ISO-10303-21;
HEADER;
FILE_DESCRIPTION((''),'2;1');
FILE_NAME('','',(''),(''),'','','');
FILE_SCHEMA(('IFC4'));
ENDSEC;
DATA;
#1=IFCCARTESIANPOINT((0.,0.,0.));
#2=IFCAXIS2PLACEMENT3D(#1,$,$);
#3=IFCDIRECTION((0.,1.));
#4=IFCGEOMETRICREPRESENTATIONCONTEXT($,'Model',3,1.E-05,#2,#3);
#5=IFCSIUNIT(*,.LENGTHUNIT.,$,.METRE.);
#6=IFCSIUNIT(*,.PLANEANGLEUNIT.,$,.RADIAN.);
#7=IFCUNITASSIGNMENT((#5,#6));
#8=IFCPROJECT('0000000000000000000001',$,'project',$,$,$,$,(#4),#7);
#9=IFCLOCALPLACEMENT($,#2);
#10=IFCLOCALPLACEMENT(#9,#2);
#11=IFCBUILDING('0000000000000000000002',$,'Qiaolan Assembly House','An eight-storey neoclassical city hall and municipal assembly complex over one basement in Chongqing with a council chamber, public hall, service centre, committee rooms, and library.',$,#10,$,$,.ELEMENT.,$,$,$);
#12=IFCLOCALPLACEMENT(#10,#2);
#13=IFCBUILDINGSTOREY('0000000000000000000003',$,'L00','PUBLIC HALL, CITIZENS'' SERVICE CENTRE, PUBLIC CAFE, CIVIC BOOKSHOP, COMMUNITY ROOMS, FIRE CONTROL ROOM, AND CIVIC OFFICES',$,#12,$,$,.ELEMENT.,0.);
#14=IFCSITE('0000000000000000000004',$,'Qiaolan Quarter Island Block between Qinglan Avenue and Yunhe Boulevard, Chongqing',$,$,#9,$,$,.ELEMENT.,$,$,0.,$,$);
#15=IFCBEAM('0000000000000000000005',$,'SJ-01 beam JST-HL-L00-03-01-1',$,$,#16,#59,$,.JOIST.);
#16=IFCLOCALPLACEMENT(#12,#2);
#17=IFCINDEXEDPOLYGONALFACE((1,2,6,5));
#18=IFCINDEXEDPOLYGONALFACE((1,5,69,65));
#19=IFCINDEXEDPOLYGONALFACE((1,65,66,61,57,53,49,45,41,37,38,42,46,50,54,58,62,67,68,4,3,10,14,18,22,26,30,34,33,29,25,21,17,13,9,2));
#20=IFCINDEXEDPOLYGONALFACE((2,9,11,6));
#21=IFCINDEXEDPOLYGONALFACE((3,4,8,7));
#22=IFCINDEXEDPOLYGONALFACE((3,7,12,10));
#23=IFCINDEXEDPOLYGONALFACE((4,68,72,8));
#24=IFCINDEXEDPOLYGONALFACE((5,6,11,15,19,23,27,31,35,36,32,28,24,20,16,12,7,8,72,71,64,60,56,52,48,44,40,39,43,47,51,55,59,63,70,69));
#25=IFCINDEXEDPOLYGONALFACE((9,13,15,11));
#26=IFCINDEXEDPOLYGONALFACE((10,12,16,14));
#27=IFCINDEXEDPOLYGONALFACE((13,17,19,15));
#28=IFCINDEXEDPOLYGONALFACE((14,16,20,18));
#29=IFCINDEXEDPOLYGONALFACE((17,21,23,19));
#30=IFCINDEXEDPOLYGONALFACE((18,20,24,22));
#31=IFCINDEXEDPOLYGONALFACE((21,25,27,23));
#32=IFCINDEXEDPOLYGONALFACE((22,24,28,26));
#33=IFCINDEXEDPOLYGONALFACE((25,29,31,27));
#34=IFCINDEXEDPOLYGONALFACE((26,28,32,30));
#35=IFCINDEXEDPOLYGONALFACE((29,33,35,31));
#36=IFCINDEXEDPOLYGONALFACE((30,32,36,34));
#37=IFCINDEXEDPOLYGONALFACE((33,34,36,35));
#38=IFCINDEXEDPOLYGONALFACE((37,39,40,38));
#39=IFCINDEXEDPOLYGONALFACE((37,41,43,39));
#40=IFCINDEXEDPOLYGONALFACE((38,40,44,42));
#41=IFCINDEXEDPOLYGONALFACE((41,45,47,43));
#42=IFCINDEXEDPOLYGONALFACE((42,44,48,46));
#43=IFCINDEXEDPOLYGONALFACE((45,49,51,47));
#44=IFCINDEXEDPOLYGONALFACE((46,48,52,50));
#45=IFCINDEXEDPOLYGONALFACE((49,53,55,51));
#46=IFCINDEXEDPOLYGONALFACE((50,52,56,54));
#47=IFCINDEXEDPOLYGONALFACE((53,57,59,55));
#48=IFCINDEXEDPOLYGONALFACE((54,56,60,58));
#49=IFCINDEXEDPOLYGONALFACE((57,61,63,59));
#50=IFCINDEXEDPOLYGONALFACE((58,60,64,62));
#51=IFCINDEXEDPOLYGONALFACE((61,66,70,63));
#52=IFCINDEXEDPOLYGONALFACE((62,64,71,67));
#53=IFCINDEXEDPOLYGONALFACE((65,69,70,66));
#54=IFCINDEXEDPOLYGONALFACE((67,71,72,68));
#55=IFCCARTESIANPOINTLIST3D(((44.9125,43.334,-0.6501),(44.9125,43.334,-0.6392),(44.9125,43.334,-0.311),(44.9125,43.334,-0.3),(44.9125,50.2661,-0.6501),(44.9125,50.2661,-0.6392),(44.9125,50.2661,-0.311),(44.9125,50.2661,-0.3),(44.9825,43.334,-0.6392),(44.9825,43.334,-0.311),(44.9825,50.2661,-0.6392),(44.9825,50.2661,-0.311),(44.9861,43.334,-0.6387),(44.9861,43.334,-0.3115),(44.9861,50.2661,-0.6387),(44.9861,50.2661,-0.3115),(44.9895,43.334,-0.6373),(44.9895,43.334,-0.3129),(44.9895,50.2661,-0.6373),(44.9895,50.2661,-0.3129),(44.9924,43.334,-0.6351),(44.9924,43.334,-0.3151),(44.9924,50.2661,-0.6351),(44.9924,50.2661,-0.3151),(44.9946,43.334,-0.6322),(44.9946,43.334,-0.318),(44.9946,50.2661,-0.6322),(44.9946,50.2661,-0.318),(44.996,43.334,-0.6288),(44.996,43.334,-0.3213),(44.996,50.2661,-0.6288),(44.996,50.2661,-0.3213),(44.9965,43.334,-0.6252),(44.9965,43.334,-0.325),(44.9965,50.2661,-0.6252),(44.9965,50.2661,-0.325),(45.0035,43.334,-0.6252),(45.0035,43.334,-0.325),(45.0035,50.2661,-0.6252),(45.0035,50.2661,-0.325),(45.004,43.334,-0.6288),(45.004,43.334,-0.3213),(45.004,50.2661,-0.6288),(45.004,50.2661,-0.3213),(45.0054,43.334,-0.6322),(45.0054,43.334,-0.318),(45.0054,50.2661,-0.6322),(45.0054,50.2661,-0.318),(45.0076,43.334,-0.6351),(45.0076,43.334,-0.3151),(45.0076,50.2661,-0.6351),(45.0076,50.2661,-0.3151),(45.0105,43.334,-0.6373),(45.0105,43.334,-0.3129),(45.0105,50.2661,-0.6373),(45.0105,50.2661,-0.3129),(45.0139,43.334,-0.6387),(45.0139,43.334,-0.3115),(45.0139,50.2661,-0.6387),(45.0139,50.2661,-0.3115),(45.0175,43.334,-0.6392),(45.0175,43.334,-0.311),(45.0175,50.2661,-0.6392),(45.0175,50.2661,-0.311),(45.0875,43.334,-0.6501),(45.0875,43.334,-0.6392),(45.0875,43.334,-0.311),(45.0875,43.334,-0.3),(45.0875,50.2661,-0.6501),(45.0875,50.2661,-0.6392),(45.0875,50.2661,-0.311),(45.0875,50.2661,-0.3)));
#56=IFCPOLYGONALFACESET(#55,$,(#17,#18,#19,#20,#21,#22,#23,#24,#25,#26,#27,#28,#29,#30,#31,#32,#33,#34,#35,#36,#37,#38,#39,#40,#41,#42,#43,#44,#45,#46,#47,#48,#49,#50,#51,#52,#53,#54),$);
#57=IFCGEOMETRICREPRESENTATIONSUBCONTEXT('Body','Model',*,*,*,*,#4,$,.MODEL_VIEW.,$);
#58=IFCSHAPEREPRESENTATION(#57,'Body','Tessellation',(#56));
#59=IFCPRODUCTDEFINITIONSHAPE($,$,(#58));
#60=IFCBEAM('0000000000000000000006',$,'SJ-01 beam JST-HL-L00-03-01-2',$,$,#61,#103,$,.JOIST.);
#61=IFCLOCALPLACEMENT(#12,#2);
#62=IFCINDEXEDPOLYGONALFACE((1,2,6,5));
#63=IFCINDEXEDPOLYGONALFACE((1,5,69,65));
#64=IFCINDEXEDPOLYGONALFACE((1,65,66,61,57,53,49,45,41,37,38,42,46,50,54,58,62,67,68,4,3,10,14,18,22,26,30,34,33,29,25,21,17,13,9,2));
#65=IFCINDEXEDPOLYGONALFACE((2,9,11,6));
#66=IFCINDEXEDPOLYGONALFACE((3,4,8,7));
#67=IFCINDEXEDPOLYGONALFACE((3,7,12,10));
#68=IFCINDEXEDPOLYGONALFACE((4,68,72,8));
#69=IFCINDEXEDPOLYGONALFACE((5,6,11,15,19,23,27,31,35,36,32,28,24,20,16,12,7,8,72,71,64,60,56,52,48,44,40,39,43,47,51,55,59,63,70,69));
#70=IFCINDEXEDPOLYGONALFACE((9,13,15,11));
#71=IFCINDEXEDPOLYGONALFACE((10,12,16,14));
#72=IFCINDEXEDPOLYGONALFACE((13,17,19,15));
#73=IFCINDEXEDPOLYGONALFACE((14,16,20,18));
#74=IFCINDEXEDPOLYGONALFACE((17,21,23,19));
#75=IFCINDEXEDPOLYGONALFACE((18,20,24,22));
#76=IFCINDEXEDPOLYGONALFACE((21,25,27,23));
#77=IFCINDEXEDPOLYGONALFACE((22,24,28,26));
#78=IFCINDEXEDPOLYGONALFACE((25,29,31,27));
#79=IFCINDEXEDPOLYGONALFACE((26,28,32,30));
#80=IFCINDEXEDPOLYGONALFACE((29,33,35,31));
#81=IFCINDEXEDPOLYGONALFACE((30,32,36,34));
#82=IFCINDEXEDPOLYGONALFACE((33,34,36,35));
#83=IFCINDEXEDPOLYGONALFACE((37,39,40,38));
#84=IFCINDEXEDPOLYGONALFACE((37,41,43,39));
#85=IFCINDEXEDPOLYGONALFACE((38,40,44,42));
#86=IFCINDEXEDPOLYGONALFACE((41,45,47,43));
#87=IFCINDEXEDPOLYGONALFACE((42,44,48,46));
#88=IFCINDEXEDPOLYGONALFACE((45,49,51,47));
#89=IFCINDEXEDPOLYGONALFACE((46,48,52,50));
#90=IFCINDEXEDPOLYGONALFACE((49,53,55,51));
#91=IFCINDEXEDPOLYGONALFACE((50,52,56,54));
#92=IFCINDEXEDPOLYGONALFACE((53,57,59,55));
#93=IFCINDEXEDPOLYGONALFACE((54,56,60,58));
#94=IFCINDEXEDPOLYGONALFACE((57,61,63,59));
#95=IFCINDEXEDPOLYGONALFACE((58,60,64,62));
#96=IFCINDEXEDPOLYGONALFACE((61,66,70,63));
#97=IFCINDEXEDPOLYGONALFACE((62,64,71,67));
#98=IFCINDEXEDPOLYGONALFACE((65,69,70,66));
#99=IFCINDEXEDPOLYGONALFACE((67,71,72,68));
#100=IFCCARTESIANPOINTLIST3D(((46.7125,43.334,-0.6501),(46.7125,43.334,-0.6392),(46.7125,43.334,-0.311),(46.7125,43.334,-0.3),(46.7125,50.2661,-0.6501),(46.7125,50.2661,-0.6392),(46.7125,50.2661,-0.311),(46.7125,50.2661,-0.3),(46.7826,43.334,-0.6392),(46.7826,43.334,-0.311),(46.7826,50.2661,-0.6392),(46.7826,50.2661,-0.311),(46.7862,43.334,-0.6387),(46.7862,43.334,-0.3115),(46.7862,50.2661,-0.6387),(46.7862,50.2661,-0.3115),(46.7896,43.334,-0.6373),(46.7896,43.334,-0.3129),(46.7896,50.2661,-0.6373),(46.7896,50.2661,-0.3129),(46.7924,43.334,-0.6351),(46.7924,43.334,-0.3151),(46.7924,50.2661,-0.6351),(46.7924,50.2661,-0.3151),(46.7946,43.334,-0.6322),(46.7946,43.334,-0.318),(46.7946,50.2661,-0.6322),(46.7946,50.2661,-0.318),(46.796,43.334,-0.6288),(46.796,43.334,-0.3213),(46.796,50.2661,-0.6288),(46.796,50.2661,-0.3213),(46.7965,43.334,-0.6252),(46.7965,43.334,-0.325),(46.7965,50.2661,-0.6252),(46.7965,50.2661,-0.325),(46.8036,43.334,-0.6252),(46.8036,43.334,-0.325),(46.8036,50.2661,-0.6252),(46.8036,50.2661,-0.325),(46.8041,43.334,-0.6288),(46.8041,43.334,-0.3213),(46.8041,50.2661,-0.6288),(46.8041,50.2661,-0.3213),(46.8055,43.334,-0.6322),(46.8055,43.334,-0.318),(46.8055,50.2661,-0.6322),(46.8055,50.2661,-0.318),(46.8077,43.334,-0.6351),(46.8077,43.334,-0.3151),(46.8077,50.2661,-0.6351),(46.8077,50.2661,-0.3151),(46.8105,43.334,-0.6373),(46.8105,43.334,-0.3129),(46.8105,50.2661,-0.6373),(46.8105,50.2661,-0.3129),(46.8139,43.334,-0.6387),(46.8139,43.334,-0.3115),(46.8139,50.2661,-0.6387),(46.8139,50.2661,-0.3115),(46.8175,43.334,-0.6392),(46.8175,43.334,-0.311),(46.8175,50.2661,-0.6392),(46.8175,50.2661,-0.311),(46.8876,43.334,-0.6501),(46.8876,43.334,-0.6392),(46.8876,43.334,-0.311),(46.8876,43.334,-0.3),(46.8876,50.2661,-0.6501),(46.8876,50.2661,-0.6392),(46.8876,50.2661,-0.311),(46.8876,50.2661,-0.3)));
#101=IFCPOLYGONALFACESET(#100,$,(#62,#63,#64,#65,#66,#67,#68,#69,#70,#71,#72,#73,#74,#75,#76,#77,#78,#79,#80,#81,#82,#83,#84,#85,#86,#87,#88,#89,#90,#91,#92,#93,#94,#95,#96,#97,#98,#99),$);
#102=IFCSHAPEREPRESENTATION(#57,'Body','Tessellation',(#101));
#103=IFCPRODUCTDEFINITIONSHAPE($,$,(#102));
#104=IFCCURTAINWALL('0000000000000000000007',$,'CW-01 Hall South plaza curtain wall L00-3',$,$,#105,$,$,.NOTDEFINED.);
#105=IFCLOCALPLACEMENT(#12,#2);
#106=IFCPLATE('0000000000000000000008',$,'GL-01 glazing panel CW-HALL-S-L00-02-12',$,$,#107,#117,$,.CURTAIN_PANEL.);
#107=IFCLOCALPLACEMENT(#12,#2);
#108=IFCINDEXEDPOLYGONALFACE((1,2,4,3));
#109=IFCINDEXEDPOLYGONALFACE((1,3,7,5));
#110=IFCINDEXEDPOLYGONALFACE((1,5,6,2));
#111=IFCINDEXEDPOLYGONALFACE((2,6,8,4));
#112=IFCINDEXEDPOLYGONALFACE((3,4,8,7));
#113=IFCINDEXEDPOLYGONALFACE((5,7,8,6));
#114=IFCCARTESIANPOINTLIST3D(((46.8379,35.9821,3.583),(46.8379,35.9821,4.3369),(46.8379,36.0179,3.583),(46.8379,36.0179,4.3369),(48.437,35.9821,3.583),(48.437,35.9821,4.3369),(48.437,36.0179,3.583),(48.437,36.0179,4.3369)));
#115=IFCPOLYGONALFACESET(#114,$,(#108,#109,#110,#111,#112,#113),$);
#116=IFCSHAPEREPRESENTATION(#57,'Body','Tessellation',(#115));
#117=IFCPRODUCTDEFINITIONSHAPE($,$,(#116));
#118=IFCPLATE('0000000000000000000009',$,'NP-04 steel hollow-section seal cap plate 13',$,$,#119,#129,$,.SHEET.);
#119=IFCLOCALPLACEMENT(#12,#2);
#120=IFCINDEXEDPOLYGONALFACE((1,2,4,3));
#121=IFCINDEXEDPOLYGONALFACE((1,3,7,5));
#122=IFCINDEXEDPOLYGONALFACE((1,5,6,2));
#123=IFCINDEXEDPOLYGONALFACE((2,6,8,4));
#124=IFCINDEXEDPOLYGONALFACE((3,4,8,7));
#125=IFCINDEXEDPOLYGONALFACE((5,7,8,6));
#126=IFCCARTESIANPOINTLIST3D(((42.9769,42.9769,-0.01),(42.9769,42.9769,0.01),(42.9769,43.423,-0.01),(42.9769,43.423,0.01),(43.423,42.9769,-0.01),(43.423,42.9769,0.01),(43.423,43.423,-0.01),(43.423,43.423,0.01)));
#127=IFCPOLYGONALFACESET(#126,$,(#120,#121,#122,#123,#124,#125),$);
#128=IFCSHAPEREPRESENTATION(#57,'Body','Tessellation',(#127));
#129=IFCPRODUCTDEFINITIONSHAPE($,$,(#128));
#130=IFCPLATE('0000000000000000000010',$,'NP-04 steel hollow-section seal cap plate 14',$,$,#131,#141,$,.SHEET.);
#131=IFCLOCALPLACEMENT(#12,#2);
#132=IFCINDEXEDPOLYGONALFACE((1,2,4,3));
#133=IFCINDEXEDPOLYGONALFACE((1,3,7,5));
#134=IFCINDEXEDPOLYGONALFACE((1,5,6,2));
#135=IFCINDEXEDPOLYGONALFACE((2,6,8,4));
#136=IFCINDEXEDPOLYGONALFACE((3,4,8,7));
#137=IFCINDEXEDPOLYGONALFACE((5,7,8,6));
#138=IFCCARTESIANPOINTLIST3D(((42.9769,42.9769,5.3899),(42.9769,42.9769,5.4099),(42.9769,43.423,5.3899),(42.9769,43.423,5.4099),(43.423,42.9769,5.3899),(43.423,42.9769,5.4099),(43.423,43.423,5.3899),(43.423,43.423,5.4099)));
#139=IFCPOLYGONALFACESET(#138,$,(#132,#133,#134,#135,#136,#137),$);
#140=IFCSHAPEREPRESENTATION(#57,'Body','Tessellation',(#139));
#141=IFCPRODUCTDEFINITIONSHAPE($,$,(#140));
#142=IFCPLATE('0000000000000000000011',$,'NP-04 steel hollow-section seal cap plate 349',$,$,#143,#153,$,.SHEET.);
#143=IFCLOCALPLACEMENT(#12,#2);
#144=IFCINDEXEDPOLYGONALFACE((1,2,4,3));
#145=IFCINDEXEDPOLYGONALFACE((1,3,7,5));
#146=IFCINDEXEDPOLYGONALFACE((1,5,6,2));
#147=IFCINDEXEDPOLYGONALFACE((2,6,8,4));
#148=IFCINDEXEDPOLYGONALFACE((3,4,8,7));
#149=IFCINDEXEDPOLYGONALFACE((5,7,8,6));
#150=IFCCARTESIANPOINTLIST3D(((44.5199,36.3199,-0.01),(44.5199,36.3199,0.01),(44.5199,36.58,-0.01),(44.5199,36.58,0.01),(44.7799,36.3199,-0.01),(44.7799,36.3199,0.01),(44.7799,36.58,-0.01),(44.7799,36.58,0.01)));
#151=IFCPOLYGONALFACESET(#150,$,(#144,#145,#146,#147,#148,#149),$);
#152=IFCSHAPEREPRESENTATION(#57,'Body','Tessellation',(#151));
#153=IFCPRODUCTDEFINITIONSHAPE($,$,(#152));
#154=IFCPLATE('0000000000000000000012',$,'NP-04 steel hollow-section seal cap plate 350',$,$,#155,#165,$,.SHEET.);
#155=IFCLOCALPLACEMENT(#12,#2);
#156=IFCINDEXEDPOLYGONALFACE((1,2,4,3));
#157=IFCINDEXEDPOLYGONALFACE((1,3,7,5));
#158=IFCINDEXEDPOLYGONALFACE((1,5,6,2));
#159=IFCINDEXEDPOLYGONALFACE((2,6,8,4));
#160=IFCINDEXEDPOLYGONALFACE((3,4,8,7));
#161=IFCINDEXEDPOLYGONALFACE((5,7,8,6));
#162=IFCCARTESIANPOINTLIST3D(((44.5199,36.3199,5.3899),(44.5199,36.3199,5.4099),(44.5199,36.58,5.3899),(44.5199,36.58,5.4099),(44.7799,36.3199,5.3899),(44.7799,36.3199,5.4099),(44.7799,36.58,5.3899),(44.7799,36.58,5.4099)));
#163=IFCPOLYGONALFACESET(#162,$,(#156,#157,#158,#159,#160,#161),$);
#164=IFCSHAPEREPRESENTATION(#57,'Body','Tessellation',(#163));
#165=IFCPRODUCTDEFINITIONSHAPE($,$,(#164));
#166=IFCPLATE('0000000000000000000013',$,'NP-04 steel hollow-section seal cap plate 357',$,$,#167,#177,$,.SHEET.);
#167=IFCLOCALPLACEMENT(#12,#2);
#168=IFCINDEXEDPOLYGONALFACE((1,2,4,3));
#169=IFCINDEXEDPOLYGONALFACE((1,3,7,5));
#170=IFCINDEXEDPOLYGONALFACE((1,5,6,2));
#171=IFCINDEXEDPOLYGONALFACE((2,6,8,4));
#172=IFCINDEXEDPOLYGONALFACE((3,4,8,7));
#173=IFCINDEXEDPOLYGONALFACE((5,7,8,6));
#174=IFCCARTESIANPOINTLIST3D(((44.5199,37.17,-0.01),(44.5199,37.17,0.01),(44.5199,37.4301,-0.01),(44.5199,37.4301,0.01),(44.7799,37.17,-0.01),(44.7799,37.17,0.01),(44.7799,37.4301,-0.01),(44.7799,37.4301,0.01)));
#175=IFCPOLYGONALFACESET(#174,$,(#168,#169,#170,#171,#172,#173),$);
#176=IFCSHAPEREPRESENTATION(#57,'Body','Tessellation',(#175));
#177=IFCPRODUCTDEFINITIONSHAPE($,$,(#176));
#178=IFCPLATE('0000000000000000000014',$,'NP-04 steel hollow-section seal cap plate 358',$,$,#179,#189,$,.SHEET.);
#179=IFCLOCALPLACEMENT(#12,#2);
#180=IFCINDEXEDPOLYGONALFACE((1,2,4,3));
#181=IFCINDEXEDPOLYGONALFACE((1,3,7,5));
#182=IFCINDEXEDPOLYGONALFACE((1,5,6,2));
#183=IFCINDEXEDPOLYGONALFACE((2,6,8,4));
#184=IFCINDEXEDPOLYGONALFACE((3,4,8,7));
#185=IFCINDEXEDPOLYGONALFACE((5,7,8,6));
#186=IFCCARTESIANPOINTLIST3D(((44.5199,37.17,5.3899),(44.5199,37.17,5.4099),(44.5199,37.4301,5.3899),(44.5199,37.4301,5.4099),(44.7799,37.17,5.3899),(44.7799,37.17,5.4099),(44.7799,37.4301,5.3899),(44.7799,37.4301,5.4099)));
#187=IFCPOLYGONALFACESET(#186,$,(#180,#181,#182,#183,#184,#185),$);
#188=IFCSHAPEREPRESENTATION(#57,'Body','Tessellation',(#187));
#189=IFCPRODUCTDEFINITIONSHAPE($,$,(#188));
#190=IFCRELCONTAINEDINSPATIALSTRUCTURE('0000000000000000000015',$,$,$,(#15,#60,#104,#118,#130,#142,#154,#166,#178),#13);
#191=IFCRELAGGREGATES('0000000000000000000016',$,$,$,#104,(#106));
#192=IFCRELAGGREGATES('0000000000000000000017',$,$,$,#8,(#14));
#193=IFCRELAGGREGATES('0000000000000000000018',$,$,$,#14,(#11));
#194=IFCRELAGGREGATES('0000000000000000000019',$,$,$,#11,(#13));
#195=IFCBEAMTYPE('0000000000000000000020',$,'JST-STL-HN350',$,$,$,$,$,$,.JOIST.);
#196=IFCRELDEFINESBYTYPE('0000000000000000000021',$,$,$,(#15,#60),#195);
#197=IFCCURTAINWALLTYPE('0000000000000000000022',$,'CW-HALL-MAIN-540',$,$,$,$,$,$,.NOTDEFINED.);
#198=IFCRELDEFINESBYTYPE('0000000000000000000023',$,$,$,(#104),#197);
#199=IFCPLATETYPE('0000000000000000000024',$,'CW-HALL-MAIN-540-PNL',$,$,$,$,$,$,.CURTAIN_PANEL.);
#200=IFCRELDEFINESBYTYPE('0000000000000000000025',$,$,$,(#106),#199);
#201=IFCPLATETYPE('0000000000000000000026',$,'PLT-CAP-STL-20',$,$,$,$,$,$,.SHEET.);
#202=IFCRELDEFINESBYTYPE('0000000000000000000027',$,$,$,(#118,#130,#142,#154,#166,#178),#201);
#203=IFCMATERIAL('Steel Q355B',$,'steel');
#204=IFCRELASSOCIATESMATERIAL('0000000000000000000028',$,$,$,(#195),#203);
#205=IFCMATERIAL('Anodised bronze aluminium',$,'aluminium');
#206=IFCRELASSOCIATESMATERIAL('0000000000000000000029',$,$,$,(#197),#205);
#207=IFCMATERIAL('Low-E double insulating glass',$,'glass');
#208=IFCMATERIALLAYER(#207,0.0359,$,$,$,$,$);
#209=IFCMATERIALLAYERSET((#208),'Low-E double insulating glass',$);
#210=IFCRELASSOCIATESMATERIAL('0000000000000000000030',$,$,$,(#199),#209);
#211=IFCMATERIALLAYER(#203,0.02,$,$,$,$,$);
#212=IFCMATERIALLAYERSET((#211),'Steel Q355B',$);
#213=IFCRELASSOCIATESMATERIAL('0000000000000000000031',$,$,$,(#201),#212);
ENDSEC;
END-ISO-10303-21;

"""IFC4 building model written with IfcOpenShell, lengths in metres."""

from ifc_helpers import new_model, si_unit, direction, frame, frame_2d, origin, origin_2d, place, context, subcontext, project, spatial, rectangle, i_section, extrude, material, layer, layer_set, material_profile, profile_set, type_object, element, aggregate, save


model = new_model("IFC4")

# Units and contexts
model_context = context("Model", 3, precision=1e-05, world=origin(), true_north=direction((0.0, 1.0)))
body_context = subcontext(model_context, "Body", "Model", "MODEL_VIEW")
ifc_project = project(units=[si_unit("LENGTHUNIT", "METRE"), si_unit("PLANEANGLEUNIT", "RADIAN")], contexts=[model_context])

# Site, building, storey
site_placement = place(None, origin())
site = spatial("IfcSite", under=ifc_project, at=site_placement, Name="Qiaolan Quarter Island Block between Qinglan Avenue and Yunhe Boulevard, Chongqing", CompositionType="ELEMENT", RefElevation=0.0)
building_placement = place(site_placement, origin())
building = spatial("IfcBuilding", under=site, at=building_placement, Name="Qiaolan Assembly House", Description="An eight-storey neoclassical city hall and municipal assembly complex over one basement in Chongqing with a council chamber, public hall, service centre, committee rooms, and library.", CompositionType="ELEMENT")
storey_placement = place(building_placement, origin())
storey = spatial("IfcBuildingStorey", under=building, at=storey_placement, Name="L00", Description="PUBLIC HALL, CITIZENS' SERVICE CENTRE, PUBLIC CAFE, CIVIC BOOKSHOP, COMMUNITY ROOMS, FIRE CONTROL ROOM, AND CIVIC OFFICES", CompositionType="ELEMENT", Elevation=0.0)

# Shared definitions
ifc_material_1 = material(Name="Steel Q355B", Category="steel")

# Beams
ifc_material_profile_1 = material_profile(ifc_material_1, i_section(OverallWidth=0.175, OverallDepth=0.3501, WebThickness=0.0071, FlangeThickness=0.011, FilletRadius=0.0139, at=origin_2d()), Name="HN 350x175x7x11")
ifc_profile_set_1 = profile_set([ifc_material_profile_1], Name="Steel Q355B")
beam_type_1 = type_object("IfcBeamType", Name="JST-STL-HN350", PredefinedType="JOIST", material=ifc_profile_set_1)
for number, where, z_axis, x_axis, name in (
    (1, (45.0, 43.334, -0.4751), (0.0, 1.0, 0.0), (-1.0, 0.0, 0.0), "SJ-01 beam JST-HL-L00-03-01-1"),
    (2, (46.8, 43.334, -0.4751), (0.0, 1.0, 0.0), (-1.0, 0.0, 0.0), "SJ-01 beam JST-HL-L00-03-01-2"),
):
    element("IfcBeam", number, at=place(storey_placement, frame(where, z_axis=z_axis, x_axis=x_axis)), inside=storey, type_object=beam_type_1, Name=name, PredefinedType="JOIST", context=body_context, shape_type="SweptSolid", body=[
        extrude(i_section(OverallWidth=0.175, OverallDepth=0.3501, WebThickness=0.0071, FlangeThickness=0.011, FilletRadius=0.0139, at=origin_2d()), origin(), (0.0, 0.0, 1.0), 6.9321),
    ])

# Curtain wall, plate
ifc_material_2 = material(Name="Anodised bronze aluminium", Category="aluminium")
curtain_wall_type = type_object("IfcCurtainWallType", Name="CW-HALL-MAIN-540", PredefinedType="NOTDEFINED", material=ifc_material_2)
curtain_wall_placement = place(storey_placement, origin())
curtain_wall = element("IfcCurtainWall", 3, at=curtain_wall_placement, inside=storey, type_object=curtain_wall_type, Name="CW-01 Hall South plaza curtain wall L00-3", PredefinedType="NOTDEFINED")
ifc_material_3 = material(Name="Low-E double insulating glass", Category="glass")
ifc_layer_1 = layer(ifc_material_3, 0.0359)
ifc_layer_set_1 = layer_set([ifc_layer_1], Name="Low-E double insulating glass")
plate_type_1 = type_object("IfcPlateType", Name="CW-HALL-MAIN-540-PNL", PredefinedType="CURTAIN_PANEL", material=ifc_layer_set_1)
plate_placement = place(storey_placement, frame((46.8379, 36.0, 3.583), z_axis=(0.0, 0.0, 1.0), x_axis=(1.0, 0.0, 0.0)))
plate = element("IfcPlate", 4, at=plate_placement, type_object=plate_type_1, Name="GL-01 glazing panel CW-HALL-S-L00-02-12", PredefinedType="CURTAIN_PANEL", context=body_context, shape_type="SweptSolid", body=[
    extrude(rectangle(XDim=1.5991, YDim=0.0359, at=frame_2d((0.7996, 0.0))), origin(), (0.0, 0.0, 1.0), 0.7539),
])
aggregate(curtain_wall, [plate])

# Plates
ifc_layer_2 = layer(ifc_material_1, 0.02)
ifc_layer_set_2 = layer_set([ifc_layer_2], Name="Steel Q355B")
plate_type_2 = type_object("IfcPlateType", Name="PLT-CAP-STL-20", PredefinedType="SHEET", material=ifc_layer_set_2)
for number, where, z_axis, x_axis, name in (
    (5, (43.2, 43.2, -0.01), (0.0, 0.0, 1.0), (1.0, 0.0, 0.0), "NP-04 steel hollow-section seal cap plate 13"),
    (6, (43.2, 43.2, 5.3899), (0.0, 0.0, 1.0), (1.0, 0.0, 0.0), "NP-04 steel hollow-section seal cap plate 14"),
):
    element("IfcPlate", number, at=place(storey_placement, frame(where, z_axis=z_axis, x_axis=x_axis)), inside=storey, type_object=plate_type_2, Name=name, PredefinedType="SHEET", context=body_context, shape_type="SweptSolid", body=[
        extrude(rectangle(XDim=0.446, YDim=0.446, at=origin_2d()), origin(), (0.0, 0.0, 1.0), 0.02),
    ])
for number, where, z_axis, x_axis, name in (
    (7, (44.6499, 36.45, -0.01), (0.0, 0.0, 1.0), (1.0, 0.0, 0.0), "NP-04 steel hollow-section seal cap plate 349"),
    (8, (44.6499, 36.45, 5.3899), (0.0, 0.0, 1.0), (1.0, 0.0, 0.0), "NP-04 steel hollow-section seal cap plate 350"),
    (9, (44.6499, 37.3, -0.01), (0.0, 0.0, 1.0), (1.0, 0.0, 0.0), "NP-04 steel hollow-section seal cap plate 357"),
    (10, (44.6499, 37.3, 5.3899), (0.0, 0.0, 1.0), (1.0, 0.0, 0.0), "NP-04 steel hollow-section seal cap plate 358"),
):
    element("IfcPlate", number, at=place(storey_placement, frame(where, z_axis=z_axis, x_axis=x_axis)), inside=storey, type_object=plate_type_2, Name=name, PredefinedType="SHEET", context=body_context, shape_type="SweptSolid", body=[
        extrude(rectangle(XDim=0.26, YDim=0.26, at=origin_2d()), origin(), (0.0, 0.0, 1.0), 0.02),
    ])

save(model, "model.ifc")
